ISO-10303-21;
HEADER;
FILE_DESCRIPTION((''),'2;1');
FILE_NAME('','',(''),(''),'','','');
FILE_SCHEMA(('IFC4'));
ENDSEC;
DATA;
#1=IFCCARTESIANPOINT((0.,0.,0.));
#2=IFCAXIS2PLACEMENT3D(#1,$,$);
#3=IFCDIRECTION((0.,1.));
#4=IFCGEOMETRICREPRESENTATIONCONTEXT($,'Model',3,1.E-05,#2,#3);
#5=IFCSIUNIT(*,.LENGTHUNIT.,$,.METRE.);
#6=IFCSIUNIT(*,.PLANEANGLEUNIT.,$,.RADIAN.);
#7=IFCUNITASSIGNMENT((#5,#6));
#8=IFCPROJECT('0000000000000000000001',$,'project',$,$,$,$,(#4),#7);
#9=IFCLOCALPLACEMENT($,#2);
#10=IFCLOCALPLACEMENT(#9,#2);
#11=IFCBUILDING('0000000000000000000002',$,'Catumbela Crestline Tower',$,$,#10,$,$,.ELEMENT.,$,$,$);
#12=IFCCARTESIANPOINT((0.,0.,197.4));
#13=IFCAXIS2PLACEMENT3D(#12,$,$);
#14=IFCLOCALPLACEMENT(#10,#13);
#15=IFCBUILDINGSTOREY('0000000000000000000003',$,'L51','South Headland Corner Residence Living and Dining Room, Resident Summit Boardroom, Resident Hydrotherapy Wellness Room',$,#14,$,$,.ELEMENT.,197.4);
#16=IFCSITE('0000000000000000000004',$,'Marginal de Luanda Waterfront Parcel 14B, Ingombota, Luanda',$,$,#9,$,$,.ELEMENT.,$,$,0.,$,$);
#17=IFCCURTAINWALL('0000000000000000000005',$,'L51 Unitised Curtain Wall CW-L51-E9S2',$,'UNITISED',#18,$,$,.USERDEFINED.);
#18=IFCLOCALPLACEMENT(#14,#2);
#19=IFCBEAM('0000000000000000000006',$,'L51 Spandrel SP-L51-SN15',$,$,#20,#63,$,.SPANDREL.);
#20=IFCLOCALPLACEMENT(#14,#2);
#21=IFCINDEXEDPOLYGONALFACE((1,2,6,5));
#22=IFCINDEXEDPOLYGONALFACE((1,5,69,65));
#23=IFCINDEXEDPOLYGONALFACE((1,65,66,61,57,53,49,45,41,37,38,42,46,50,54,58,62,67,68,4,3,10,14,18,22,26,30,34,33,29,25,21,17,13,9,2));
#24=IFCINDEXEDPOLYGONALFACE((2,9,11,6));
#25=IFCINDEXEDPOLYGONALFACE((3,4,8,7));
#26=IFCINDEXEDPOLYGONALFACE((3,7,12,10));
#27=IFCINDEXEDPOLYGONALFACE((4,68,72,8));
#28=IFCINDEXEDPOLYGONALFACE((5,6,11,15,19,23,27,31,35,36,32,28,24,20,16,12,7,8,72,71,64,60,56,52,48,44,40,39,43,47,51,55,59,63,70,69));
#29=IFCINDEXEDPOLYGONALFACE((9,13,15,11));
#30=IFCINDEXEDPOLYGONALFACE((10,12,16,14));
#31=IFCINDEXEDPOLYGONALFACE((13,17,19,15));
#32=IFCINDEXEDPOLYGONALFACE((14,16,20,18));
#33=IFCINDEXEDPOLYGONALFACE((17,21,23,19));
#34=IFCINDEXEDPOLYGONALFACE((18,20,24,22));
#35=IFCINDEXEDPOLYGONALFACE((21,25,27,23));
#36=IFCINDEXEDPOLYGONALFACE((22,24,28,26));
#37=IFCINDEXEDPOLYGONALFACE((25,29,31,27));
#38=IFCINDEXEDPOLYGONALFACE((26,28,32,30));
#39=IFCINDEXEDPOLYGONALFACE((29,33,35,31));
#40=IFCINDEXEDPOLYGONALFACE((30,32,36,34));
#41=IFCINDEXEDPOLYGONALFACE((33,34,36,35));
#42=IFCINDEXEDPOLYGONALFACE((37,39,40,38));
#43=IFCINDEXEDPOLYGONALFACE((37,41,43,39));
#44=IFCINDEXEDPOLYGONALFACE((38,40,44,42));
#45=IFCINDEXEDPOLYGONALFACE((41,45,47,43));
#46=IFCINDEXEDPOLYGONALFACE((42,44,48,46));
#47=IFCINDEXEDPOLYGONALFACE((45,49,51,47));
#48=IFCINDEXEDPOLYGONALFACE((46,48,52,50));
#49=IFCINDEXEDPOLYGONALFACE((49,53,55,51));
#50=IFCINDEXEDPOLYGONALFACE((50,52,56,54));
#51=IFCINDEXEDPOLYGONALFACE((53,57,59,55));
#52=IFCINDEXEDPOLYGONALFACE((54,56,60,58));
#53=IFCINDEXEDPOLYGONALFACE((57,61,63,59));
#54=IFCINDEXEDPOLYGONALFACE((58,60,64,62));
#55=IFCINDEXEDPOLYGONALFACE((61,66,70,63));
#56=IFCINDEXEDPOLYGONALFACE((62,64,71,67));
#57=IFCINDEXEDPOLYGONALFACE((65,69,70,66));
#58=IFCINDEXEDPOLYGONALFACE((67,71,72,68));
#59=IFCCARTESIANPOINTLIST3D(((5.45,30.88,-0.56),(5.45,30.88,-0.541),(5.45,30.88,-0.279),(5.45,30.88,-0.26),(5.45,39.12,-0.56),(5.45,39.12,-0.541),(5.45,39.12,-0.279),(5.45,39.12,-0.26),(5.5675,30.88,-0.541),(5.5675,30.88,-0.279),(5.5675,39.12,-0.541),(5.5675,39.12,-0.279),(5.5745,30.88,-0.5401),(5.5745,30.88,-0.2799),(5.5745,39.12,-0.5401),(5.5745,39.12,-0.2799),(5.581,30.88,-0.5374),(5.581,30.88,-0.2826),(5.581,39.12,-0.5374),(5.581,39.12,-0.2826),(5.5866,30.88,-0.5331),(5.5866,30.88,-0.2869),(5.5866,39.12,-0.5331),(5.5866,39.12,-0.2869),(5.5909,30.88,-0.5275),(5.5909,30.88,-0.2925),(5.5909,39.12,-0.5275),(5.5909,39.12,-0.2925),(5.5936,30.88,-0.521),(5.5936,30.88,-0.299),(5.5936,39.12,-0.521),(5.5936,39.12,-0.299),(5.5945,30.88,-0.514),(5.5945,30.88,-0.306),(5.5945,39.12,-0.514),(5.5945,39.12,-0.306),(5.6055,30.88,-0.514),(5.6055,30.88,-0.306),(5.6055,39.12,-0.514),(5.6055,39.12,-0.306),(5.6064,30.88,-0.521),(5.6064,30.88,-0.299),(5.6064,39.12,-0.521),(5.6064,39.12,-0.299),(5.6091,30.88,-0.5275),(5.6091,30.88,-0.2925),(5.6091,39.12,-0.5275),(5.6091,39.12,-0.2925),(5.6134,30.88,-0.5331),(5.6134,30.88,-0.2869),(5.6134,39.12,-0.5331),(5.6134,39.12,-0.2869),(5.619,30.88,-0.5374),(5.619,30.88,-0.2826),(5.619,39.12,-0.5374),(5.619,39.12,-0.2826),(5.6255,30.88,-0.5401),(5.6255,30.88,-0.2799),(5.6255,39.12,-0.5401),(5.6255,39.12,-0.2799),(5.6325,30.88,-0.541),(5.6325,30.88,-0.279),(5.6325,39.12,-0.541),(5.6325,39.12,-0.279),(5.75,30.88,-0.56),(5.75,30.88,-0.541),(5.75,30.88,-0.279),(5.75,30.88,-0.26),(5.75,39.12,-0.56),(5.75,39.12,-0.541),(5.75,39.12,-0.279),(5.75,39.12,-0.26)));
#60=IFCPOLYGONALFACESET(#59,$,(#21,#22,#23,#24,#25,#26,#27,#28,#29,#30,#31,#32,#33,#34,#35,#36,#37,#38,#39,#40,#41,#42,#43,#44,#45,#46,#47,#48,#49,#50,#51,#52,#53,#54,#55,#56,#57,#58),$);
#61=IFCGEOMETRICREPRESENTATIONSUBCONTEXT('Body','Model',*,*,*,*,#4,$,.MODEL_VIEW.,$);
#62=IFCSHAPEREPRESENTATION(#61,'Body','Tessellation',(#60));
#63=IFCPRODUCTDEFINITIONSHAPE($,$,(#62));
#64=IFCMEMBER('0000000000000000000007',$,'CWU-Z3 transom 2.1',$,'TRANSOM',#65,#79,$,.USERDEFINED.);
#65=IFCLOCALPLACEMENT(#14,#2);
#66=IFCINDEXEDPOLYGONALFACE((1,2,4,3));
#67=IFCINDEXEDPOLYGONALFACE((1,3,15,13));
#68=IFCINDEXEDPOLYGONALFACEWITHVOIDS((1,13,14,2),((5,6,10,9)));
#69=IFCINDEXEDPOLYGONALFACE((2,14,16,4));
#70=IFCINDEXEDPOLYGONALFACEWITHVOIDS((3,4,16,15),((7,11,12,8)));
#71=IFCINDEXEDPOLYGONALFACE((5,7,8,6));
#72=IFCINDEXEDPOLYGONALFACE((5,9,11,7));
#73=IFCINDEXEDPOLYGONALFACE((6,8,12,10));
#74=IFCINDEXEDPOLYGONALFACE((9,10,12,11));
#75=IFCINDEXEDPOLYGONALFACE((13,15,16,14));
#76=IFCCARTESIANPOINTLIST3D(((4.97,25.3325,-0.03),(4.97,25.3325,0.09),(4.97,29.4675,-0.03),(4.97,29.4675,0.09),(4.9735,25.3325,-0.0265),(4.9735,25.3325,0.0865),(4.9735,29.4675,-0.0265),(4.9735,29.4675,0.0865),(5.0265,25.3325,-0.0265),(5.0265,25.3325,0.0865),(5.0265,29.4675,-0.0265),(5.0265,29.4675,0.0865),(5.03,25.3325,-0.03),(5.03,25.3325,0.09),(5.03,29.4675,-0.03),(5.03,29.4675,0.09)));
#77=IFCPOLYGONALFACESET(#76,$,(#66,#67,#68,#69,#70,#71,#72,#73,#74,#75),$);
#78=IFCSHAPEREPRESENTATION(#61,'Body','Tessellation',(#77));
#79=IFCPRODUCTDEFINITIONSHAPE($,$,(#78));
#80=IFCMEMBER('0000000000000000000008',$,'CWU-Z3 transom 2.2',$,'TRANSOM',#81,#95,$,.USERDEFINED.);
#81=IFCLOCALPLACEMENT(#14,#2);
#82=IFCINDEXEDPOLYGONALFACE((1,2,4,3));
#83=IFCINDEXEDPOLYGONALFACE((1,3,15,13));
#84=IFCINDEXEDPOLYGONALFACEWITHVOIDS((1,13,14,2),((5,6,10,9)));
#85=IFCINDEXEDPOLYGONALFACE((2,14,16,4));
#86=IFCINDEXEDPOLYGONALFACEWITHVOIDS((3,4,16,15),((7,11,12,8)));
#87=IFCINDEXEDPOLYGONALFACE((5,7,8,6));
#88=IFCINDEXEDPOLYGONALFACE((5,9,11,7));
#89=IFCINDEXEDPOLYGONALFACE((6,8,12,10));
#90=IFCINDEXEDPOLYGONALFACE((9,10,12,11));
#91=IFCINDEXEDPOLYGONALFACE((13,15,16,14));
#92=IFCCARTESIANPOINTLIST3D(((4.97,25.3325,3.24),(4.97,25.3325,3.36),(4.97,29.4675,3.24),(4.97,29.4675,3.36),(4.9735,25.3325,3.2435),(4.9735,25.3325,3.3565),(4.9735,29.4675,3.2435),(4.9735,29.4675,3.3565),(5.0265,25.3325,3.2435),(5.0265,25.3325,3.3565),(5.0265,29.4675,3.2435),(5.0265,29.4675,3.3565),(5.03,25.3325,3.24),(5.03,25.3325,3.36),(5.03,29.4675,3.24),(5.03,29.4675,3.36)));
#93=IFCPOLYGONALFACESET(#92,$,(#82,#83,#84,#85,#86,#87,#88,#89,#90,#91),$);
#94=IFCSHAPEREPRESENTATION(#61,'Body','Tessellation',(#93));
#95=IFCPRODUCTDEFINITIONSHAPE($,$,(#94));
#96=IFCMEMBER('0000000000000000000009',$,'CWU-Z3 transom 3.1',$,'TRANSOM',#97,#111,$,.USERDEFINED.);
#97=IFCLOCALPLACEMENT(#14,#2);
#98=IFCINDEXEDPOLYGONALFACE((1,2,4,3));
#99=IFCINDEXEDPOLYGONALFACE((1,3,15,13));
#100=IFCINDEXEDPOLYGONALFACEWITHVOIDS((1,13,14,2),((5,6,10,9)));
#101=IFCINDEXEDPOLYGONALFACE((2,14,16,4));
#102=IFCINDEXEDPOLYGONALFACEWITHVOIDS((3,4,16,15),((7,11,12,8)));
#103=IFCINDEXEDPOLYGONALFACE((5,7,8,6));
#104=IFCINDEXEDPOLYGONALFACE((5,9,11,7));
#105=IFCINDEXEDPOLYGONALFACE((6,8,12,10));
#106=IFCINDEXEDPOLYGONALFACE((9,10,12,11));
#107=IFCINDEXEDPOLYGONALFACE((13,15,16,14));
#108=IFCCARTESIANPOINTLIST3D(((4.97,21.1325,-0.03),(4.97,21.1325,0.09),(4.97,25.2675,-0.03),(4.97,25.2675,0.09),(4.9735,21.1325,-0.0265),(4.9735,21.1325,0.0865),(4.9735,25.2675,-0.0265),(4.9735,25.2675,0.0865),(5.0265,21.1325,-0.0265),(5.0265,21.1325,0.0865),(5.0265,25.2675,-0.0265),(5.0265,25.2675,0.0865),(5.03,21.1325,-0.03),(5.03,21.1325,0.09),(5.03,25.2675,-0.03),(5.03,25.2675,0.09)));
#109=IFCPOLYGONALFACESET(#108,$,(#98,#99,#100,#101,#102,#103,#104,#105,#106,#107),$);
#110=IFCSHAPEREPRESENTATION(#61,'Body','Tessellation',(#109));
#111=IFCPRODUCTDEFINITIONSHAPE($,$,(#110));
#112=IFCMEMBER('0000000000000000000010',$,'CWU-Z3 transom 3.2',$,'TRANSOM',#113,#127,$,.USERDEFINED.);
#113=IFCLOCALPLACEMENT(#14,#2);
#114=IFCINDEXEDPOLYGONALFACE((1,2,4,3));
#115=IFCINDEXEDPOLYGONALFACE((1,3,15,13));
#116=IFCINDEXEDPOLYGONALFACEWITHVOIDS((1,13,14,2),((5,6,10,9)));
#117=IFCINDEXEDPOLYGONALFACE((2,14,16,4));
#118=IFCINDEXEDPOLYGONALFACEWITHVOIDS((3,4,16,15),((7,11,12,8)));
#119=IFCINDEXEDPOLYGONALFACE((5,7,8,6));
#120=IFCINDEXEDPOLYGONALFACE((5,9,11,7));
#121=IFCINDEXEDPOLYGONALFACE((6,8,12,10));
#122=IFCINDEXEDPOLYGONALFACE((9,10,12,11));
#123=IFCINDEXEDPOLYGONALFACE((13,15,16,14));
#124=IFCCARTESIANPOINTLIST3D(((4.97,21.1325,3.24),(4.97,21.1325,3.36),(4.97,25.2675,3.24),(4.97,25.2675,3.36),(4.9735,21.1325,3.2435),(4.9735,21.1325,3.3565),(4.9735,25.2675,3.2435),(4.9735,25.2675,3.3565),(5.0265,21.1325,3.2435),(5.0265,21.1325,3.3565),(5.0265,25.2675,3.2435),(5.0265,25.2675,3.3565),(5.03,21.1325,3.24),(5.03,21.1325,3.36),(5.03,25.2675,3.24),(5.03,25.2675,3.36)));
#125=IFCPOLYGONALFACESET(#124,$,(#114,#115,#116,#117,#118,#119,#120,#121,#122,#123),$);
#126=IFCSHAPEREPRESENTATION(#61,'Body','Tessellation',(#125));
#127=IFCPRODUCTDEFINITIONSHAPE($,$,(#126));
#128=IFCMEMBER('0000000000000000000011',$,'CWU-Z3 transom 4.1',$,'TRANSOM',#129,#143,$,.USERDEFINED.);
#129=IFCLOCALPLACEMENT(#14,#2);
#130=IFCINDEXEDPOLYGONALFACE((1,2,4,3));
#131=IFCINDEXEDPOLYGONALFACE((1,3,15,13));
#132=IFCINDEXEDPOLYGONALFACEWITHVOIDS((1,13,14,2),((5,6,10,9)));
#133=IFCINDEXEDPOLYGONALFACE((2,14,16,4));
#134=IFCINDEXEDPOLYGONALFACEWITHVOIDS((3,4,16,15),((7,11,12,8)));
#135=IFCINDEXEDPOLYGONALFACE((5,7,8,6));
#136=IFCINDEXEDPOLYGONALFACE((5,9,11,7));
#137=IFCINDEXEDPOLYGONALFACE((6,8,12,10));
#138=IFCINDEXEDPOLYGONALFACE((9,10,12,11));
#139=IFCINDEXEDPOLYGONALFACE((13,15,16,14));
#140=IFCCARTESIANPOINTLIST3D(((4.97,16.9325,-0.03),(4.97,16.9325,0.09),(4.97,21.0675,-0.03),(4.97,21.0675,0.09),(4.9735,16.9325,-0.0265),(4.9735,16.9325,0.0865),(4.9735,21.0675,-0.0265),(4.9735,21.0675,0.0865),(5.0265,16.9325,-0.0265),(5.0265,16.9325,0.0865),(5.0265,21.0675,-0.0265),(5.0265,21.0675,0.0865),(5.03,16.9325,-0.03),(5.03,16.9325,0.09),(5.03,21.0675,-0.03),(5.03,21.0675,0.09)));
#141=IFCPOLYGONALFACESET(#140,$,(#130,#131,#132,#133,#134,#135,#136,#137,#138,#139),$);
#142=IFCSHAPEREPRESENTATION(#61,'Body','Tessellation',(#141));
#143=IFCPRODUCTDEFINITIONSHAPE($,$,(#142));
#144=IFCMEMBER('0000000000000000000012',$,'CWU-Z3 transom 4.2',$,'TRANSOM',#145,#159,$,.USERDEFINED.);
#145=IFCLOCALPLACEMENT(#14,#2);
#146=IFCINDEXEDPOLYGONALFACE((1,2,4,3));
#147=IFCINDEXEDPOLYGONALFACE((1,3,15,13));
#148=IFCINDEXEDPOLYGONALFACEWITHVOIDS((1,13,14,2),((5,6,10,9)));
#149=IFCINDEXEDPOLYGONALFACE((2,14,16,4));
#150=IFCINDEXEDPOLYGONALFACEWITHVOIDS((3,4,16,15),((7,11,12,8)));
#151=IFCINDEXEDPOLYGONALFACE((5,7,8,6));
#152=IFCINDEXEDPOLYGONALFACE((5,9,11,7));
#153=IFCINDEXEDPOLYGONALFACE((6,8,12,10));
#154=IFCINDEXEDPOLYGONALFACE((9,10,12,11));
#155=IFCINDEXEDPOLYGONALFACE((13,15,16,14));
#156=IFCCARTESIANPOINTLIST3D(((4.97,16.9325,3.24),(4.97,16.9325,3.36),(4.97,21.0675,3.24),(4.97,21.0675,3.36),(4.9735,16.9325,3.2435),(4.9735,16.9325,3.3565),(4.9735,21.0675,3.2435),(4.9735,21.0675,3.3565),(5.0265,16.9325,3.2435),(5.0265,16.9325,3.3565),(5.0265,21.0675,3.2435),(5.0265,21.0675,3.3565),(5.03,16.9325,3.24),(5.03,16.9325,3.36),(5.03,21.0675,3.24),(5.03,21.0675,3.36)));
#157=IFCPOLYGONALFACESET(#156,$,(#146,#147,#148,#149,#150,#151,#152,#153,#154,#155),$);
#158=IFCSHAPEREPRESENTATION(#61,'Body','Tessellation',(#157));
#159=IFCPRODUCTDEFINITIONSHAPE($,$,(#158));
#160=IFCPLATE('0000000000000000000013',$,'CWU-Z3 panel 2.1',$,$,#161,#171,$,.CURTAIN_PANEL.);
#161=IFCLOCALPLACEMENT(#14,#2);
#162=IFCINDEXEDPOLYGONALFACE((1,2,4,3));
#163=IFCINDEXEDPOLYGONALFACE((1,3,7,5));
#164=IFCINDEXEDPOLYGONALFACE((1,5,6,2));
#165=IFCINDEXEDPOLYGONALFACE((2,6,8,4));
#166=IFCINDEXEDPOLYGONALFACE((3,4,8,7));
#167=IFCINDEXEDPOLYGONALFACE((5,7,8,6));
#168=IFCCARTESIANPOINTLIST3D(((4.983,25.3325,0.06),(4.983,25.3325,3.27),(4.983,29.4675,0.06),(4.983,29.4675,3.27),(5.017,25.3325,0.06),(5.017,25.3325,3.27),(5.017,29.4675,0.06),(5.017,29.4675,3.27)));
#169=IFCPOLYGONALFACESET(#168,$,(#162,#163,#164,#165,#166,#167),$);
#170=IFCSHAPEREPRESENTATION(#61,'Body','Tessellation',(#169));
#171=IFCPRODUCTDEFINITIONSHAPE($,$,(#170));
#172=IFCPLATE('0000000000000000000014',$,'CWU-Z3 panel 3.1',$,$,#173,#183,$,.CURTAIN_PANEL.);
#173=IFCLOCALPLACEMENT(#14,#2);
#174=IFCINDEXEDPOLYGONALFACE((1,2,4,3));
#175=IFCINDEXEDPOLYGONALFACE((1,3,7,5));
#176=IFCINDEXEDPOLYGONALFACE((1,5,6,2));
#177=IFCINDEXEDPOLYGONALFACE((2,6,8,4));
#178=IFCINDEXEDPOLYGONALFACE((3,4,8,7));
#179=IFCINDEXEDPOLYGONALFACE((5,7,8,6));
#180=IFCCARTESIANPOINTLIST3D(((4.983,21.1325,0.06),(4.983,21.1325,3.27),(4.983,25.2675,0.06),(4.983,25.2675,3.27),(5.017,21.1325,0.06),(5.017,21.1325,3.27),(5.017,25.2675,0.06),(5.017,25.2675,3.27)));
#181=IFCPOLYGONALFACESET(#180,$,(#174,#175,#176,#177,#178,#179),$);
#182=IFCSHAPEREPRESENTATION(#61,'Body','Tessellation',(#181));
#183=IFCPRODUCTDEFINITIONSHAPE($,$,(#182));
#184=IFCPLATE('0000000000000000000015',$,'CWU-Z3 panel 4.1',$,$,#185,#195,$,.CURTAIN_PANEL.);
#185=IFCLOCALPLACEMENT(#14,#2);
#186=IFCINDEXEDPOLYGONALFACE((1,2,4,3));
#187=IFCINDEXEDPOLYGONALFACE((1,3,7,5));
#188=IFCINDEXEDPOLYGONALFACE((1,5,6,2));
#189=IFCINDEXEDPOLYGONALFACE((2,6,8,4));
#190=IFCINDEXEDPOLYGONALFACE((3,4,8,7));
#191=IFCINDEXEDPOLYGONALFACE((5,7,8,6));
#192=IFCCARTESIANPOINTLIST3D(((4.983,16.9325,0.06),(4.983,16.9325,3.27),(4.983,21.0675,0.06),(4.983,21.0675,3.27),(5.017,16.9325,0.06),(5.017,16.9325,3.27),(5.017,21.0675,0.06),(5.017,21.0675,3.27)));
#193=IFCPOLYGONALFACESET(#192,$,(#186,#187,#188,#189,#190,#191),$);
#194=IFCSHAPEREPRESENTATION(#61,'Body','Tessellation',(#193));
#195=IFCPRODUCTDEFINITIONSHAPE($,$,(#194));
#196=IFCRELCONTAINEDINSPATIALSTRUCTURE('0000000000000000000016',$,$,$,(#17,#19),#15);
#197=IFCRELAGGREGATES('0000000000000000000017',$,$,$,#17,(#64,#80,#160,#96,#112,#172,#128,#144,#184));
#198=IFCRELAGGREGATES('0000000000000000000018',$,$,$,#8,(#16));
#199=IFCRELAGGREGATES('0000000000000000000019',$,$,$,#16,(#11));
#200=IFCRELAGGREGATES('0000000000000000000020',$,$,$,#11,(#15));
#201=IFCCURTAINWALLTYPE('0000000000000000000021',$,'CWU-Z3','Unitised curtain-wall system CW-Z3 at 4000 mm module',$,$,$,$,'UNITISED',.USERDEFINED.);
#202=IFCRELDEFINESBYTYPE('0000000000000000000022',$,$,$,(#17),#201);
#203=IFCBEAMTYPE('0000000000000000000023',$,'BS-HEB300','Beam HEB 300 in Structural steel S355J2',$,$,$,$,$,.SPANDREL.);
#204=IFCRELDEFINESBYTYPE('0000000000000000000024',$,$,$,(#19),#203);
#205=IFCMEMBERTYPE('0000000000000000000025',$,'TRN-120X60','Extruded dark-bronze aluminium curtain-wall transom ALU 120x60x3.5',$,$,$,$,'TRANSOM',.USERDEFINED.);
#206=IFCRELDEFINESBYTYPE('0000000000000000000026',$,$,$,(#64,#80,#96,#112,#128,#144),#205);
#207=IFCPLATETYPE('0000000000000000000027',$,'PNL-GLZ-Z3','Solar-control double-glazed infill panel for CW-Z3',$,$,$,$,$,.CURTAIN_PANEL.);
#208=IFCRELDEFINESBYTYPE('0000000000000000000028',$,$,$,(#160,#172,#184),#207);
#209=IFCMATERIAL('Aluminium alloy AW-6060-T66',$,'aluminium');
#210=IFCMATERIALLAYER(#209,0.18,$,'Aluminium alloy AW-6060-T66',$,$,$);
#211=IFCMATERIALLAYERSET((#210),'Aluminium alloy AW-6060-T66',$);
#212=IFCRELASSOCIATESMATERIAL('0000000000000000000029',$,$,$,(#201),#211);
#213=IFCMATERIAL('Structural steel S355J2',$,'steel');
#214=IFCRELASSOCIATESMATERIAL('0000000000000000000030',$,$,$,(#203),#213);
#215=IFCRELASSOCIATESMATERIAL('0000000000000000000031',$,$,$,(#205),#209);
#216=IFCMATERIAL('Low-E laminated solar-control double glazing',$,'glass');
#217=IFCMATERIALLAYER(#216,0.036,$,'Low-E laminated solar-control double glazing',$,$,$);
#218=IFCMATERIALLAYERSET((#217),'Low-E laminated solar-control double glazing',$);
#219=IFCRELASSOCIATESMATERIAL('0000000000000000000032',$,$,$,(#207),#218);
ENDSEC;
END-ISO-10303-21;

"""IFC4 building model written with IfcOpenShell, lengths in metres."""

from ifc_helpers import new_model, si_unit, direction, frame, origin, origin_2d, place, context, subcontext, project, spatial, rectangle, hollow_rectangle, i_section, extrude, material, layer, layer_set, material_profile, profile_set, type_object, element, aggregate, save


model = new_model("IFC4")

# Units and contexts
model_context = context("Model", 3, precision=1e-05, world=origin(), true_north=direction((0.0, 1.0)))
body_context = subcontext(model_context, "Body", "Model", "MODEL_VIEW")
ifc_project = project(units=[si_unit("LENGTHUNIT", "METRE"), si_unit("PLANEANGLEUNIT", "RADIAN")], contexts=[model_context])

# Site, building, storey
site_placement = place(None, origin())
site = spatial("IfcSite", under=ifc_project, at=site_placement, Name="Marginal de Luanda Waterfront Parcel 14B, Ingombota, Luanda", CompositionType="ELEMENT", RefElevation=0.0)
building_placement = place(site_placement, origin())
building = spatial("IfcBuilding", under=site, at=building_placement, Name="Catumbela Crestline Tower", CompositionType="ELEMENT")
storey_placement = place(building_placement, frame((0.0, 0.0, 197.4)))
storey = spatial("IfcBuildingStorey", under=building, at=storey_placement, Name="L51", Description="South Headland Corner Residence Living and Dining Room, Resident Summit Boardroom, Resident Hydrotherapy Wellness Room", CompositionType="ELEMENT", Elevation=197.4)

# Shared definitions
ifc_material_1 = material(Name="Structural steel S355J2", Category="steel")

# Curtain wall
ifc_material_2 = material(Name="Aluminium alloy AW-6060-T66", Category="aluminium")
ifc_layer_1 = layer(ifc_material_2, 0.18, Name="Aluminium alloy AW-6060-T66")
ifc_layer_set_1 = layer_set([ifc_layer_1], Name="Aluminium alloy AW-6060-T66")
curtain_wall_type = type_object("IfcCurtainWallType", Name="CWU-Z3", Description="Unitised curtain-wall system CW-Z3 at 4000 mm module", ElementType="UNITISED", PredefinedType="USERDEFINED", material=ifc_layer_set_1)
curtain_wall_placement = place(storey_placement, origin())
curtain_wall = element("IfcCurtainWall", 1, at=curtain_wall_placement, inside=storey, type_object=curtain_wall_type, Name="L51 Unitised Curtain Wall CW-L51-E9S2", ObjectType="UNITISED", PredefinedType="USERDEFINED")

# Beam
ifc_material_profile_1 = material_profile(ifc_material_1, i_section(OverallWidth=0.3, OverallDepth=0.3, WebThickness=0.011, FlangeThickness=0.019, FilletRadius=0.027, at=origin_2d()), Name="HEB 300")
ifc_profile_set_1 = profile_set([ifc_material_profile_1], Name="Structural steel S355J2")
beam_type = type_object("IfcBeamType", Name="BS-HEB300", Description="Beam HEB 300 in Structural steel S355J2", PredefinedType="SPANDREL", material=ifc_profile_set_1)
beam_1_placement = place(storey_placement, frame((5.6, 30.88, -0.41), z_axis=(0.0, 1.0, 0.0), x_axis=(-1.0, 0.0, 0.0)))
element("IfcBeam", 2, at=beam_1_placement, inside=storey, type_object=beam_type, Name="L51 Spandrel SP-L51-SN15", PredefinedType="SPANDREL", context=body_context, shape_type="SweptSolid", body=[
    extrude(i_section(OverallWidth=0.3, OverallDepth=0.3, WebThickness=0.011, FlangeThickness=0.019, FilletRadius=0.027, at=origin_2d()), origin(), (0.0, 0.0, 1.0), 8.24),
])

# Members
ifc_material_profile_2 = material_profile(ifc_material_2, hollow_rectangle(XDim=0.06, YDim=0.12, WallThickness=0.0035, at=origin_2d()), Name="ALU 120x60x3.5")
ifc_profile_set_2 = profile_set([ifc_material_profile_2], Name="Aluminium alloy AW-6060-T66")
member_type_1 = type_object("IfcMemberType", Name="TRN-120X60", Description="Extruded dark-bronze aluminium curtain-wall transom ALU 120x60x3.5", ElementType="TRANSOM", PredefinedType="USERDEFINED", material=ifc_profile_set_2)
member_1_placement = place(storey_placement, frame((5.0, 29.4675, 0.03), z_axis=(0.0, -1.0, 0.0), x_axis=(1.0, 0.0, 0.0)))
member_1 = element("IfcMember", 3, at=member_1_placement, type_object=member_type_1, Name="CWU-Z3 transom 2.1", ObjectType="TRANSOM", PredefinedType="USERDEFINED", context=body_context, shape_type="SweptSolid", body=[
    extrude(hollow_rectangle(XDim=0.06, YDim=0.12, WallThickness=0.0035, at=origin_2d()), origin(), (0.0, 0.0, 1.0), 4.135),
])
member_2_placement = place(storey_placement, frame((5.0, 29.4675, 3.3), z_axis=(0.0, -1.0, 0.0), x_axis=(1.0, 0.0, 0.0)))
member_2 = element("IfcMember", 4, at=member_2_placement, type_object=member_type_1, Name="CWU-Z3 transom 2.2", ObjectType="TRANSOM", PredefinedType="USERDEFINED", context=body_context, shape_type="SweptSolid", body=[
    extrude(hollow_rectangle(XDim=0.06, YDim=0.12, WallThickness=0.0035, at=origin_2d()), origin(), (0.0, 0.0, 1.0), 4.135),
])
member_3_placement = place(storey_placement, frame((5.0, 25.2675, 0.03), z_axis=(0.0, -1.0, 0.0), x_axis=(1.0, 0.0, 0.0)))
member_3 = element("IfcMember", 5, at=member_3_placement, type_object=member_type_1, Name="CWU-Z3 transom 3.1", ObjectType="TRANSOM", PredefinedType="USERDEFINED", context=body_context, shape_type="SweptSolid", body=[
    extrude(hollow_rectangle(XDim=0.06, YDim=0.12, WallThickness=0.0035, at=origin_2d()), origin(), (0.0, 0.0, 1.0), 4.135),
])
member_4_placement = place(storey_placement, frame((5.0, 25.2675, 3.3), z_axis=(0.0, -1.0, 0.0), x_axis=(1.0, 0.0, 0.0)))
member_4 = element("IfcMember", 6, at=member_4_placement, type_object=member_type_1, Name="CWU-Z3 transom 3.2", ObjectType="TRANSOM", PredefinedType="USERDEFINED", context=body_context, shape_type="SweptSolid", body=[
    extrude(hollow_rectangle(XDim=0.06, YDim=0.12, WallThickness=0.0035, at=origin_2d()), origin(), (0.0, 0.0, 1.0), 4.135),
])
member_5_placement = place(storey_placement, frame((5.0, 21.0675, 0.03), z_axis=(0.0, -1.0, 0.0), x_axis=(1.0, 0.0, 0.0)))
member_5 = element("IfcMember", 7, at=member_5_placement, type_object=member_type_1, Name="CWU-Z3 transom 4.1", ObjectType="TRANSOM", PredefinedType="USERDEFINED", context=body_context, shape_type="SweptSolid", body=[
    extrude(hollow_rectangle(XDim=0.06, YDim=0.12, WallThickness=0.0035, at=origin_2d()), origin(), (0.0, 0.0, 1.0), 4.135),
])
member_6_placement = place(storey_placement, frame((5.0, 21.0675, 3.3), z_axis=(0.0, -1.0, 0.0), x_axis=(1.0, 0.0, 0.0)))
member_6 = element("IfcMember", 8, at=member_6_placement, type_object=member_type_1, Name="CWU-Z3 transom 4.2", ObjectType="TRANSOM", PredefinedType="USERDEFINED", context=body_context, shape_type="SweptSolid", body=[
    extrude(hollow_rectangle(XDim=0.06, YDim=0.12, WallThickness=0.0035, at=origin_2d()), origin(), (0.0, 0.0, 1.0), 4.135),
])

# Plates
ifc_material_3 = material(Name="Low-E laminated solar-control double glazing", Category="glass")
ifc_layer_2 = layer(ifc_material_3, 0.036, Name="Low-E laminated solar-control double glazing")
ifc_layer_set_2 = layer_set([ifc_layer_2], Name="Low-E laminated solar-control double glazing")
plate_type = type_object("IfcPlateType", Name="PNL-GLZ-Z3", Description="Solar-control double-glazed infill panel for CW-Z3", PredefinedType="CURTAIN_PANEL", material=ifc_layer_set_2)
plate_1_placement = place(storey_placement, frame((5.0, 27.4, 0.06), z_axis=(0.0, 0.0, 1.0), x_axis=(0.0, -1.0, 0.0)))
plate_1 = element("IfcPlate", 9, at=plate_1_placement, type_object=plate_type, Name="CWU-Z3 panel 2.1", PredefinedType="CURTAIN_PANEL", context=body_context, shape_type="SweptSolid", body=[
    extrude(rectangle(XDim=4.135, YDim=0.034, at=origin_2d()), origin(), (0.0, 0.0, 1.0), 3.21),
])
plate_2_placement = place(storey_placement, frame((5.0, 23.2, 0.06), z_axis=(0.0, 0.0, 1.0), x_axis=(0.0, -1.0, 0.0)))
plate_2 = element("IfcPlate", 10, at=plate_2_placement, type_object=plate_type, Name="CWU-Z3 panel 3.1", PredefinedType="CURTAIN_PANEL", context=body_context, shape_type="SweptSolid", body=[
    extrude(rectangle(XDim=4.135, YDim=0.034, at=origin_2d()), origin(), (0.0, 0.0, 1.0), 3.21),
])
plate_3_placement = place(storey_placement, frame((5.0, 19.0, 0.06), z_axis=(0.0, 0.0, 1.0), x_axis=(0.0, -1.0, 0.0)))
plate_3 = element("IfcPlate", 11, at=plate_3_placement, type_object=plate_type, Name="CWU-Z3 panel 4.1", PredefinedType="CURTAIN_PANEL", context=body_context, shape_type="SweptSolid", body=[
    extrude(rectangle(XDim=4.135, YDim=0.034, at=origin_2d()), origin(), (0.0, 0.0, 1.0), 3.21),
])
aggregate(curtain_wall, [member_1, member_2, plate_1, member_3, member_4, plate_2, member_5, member_6, plate_3])

save(model, "model.ifc")
